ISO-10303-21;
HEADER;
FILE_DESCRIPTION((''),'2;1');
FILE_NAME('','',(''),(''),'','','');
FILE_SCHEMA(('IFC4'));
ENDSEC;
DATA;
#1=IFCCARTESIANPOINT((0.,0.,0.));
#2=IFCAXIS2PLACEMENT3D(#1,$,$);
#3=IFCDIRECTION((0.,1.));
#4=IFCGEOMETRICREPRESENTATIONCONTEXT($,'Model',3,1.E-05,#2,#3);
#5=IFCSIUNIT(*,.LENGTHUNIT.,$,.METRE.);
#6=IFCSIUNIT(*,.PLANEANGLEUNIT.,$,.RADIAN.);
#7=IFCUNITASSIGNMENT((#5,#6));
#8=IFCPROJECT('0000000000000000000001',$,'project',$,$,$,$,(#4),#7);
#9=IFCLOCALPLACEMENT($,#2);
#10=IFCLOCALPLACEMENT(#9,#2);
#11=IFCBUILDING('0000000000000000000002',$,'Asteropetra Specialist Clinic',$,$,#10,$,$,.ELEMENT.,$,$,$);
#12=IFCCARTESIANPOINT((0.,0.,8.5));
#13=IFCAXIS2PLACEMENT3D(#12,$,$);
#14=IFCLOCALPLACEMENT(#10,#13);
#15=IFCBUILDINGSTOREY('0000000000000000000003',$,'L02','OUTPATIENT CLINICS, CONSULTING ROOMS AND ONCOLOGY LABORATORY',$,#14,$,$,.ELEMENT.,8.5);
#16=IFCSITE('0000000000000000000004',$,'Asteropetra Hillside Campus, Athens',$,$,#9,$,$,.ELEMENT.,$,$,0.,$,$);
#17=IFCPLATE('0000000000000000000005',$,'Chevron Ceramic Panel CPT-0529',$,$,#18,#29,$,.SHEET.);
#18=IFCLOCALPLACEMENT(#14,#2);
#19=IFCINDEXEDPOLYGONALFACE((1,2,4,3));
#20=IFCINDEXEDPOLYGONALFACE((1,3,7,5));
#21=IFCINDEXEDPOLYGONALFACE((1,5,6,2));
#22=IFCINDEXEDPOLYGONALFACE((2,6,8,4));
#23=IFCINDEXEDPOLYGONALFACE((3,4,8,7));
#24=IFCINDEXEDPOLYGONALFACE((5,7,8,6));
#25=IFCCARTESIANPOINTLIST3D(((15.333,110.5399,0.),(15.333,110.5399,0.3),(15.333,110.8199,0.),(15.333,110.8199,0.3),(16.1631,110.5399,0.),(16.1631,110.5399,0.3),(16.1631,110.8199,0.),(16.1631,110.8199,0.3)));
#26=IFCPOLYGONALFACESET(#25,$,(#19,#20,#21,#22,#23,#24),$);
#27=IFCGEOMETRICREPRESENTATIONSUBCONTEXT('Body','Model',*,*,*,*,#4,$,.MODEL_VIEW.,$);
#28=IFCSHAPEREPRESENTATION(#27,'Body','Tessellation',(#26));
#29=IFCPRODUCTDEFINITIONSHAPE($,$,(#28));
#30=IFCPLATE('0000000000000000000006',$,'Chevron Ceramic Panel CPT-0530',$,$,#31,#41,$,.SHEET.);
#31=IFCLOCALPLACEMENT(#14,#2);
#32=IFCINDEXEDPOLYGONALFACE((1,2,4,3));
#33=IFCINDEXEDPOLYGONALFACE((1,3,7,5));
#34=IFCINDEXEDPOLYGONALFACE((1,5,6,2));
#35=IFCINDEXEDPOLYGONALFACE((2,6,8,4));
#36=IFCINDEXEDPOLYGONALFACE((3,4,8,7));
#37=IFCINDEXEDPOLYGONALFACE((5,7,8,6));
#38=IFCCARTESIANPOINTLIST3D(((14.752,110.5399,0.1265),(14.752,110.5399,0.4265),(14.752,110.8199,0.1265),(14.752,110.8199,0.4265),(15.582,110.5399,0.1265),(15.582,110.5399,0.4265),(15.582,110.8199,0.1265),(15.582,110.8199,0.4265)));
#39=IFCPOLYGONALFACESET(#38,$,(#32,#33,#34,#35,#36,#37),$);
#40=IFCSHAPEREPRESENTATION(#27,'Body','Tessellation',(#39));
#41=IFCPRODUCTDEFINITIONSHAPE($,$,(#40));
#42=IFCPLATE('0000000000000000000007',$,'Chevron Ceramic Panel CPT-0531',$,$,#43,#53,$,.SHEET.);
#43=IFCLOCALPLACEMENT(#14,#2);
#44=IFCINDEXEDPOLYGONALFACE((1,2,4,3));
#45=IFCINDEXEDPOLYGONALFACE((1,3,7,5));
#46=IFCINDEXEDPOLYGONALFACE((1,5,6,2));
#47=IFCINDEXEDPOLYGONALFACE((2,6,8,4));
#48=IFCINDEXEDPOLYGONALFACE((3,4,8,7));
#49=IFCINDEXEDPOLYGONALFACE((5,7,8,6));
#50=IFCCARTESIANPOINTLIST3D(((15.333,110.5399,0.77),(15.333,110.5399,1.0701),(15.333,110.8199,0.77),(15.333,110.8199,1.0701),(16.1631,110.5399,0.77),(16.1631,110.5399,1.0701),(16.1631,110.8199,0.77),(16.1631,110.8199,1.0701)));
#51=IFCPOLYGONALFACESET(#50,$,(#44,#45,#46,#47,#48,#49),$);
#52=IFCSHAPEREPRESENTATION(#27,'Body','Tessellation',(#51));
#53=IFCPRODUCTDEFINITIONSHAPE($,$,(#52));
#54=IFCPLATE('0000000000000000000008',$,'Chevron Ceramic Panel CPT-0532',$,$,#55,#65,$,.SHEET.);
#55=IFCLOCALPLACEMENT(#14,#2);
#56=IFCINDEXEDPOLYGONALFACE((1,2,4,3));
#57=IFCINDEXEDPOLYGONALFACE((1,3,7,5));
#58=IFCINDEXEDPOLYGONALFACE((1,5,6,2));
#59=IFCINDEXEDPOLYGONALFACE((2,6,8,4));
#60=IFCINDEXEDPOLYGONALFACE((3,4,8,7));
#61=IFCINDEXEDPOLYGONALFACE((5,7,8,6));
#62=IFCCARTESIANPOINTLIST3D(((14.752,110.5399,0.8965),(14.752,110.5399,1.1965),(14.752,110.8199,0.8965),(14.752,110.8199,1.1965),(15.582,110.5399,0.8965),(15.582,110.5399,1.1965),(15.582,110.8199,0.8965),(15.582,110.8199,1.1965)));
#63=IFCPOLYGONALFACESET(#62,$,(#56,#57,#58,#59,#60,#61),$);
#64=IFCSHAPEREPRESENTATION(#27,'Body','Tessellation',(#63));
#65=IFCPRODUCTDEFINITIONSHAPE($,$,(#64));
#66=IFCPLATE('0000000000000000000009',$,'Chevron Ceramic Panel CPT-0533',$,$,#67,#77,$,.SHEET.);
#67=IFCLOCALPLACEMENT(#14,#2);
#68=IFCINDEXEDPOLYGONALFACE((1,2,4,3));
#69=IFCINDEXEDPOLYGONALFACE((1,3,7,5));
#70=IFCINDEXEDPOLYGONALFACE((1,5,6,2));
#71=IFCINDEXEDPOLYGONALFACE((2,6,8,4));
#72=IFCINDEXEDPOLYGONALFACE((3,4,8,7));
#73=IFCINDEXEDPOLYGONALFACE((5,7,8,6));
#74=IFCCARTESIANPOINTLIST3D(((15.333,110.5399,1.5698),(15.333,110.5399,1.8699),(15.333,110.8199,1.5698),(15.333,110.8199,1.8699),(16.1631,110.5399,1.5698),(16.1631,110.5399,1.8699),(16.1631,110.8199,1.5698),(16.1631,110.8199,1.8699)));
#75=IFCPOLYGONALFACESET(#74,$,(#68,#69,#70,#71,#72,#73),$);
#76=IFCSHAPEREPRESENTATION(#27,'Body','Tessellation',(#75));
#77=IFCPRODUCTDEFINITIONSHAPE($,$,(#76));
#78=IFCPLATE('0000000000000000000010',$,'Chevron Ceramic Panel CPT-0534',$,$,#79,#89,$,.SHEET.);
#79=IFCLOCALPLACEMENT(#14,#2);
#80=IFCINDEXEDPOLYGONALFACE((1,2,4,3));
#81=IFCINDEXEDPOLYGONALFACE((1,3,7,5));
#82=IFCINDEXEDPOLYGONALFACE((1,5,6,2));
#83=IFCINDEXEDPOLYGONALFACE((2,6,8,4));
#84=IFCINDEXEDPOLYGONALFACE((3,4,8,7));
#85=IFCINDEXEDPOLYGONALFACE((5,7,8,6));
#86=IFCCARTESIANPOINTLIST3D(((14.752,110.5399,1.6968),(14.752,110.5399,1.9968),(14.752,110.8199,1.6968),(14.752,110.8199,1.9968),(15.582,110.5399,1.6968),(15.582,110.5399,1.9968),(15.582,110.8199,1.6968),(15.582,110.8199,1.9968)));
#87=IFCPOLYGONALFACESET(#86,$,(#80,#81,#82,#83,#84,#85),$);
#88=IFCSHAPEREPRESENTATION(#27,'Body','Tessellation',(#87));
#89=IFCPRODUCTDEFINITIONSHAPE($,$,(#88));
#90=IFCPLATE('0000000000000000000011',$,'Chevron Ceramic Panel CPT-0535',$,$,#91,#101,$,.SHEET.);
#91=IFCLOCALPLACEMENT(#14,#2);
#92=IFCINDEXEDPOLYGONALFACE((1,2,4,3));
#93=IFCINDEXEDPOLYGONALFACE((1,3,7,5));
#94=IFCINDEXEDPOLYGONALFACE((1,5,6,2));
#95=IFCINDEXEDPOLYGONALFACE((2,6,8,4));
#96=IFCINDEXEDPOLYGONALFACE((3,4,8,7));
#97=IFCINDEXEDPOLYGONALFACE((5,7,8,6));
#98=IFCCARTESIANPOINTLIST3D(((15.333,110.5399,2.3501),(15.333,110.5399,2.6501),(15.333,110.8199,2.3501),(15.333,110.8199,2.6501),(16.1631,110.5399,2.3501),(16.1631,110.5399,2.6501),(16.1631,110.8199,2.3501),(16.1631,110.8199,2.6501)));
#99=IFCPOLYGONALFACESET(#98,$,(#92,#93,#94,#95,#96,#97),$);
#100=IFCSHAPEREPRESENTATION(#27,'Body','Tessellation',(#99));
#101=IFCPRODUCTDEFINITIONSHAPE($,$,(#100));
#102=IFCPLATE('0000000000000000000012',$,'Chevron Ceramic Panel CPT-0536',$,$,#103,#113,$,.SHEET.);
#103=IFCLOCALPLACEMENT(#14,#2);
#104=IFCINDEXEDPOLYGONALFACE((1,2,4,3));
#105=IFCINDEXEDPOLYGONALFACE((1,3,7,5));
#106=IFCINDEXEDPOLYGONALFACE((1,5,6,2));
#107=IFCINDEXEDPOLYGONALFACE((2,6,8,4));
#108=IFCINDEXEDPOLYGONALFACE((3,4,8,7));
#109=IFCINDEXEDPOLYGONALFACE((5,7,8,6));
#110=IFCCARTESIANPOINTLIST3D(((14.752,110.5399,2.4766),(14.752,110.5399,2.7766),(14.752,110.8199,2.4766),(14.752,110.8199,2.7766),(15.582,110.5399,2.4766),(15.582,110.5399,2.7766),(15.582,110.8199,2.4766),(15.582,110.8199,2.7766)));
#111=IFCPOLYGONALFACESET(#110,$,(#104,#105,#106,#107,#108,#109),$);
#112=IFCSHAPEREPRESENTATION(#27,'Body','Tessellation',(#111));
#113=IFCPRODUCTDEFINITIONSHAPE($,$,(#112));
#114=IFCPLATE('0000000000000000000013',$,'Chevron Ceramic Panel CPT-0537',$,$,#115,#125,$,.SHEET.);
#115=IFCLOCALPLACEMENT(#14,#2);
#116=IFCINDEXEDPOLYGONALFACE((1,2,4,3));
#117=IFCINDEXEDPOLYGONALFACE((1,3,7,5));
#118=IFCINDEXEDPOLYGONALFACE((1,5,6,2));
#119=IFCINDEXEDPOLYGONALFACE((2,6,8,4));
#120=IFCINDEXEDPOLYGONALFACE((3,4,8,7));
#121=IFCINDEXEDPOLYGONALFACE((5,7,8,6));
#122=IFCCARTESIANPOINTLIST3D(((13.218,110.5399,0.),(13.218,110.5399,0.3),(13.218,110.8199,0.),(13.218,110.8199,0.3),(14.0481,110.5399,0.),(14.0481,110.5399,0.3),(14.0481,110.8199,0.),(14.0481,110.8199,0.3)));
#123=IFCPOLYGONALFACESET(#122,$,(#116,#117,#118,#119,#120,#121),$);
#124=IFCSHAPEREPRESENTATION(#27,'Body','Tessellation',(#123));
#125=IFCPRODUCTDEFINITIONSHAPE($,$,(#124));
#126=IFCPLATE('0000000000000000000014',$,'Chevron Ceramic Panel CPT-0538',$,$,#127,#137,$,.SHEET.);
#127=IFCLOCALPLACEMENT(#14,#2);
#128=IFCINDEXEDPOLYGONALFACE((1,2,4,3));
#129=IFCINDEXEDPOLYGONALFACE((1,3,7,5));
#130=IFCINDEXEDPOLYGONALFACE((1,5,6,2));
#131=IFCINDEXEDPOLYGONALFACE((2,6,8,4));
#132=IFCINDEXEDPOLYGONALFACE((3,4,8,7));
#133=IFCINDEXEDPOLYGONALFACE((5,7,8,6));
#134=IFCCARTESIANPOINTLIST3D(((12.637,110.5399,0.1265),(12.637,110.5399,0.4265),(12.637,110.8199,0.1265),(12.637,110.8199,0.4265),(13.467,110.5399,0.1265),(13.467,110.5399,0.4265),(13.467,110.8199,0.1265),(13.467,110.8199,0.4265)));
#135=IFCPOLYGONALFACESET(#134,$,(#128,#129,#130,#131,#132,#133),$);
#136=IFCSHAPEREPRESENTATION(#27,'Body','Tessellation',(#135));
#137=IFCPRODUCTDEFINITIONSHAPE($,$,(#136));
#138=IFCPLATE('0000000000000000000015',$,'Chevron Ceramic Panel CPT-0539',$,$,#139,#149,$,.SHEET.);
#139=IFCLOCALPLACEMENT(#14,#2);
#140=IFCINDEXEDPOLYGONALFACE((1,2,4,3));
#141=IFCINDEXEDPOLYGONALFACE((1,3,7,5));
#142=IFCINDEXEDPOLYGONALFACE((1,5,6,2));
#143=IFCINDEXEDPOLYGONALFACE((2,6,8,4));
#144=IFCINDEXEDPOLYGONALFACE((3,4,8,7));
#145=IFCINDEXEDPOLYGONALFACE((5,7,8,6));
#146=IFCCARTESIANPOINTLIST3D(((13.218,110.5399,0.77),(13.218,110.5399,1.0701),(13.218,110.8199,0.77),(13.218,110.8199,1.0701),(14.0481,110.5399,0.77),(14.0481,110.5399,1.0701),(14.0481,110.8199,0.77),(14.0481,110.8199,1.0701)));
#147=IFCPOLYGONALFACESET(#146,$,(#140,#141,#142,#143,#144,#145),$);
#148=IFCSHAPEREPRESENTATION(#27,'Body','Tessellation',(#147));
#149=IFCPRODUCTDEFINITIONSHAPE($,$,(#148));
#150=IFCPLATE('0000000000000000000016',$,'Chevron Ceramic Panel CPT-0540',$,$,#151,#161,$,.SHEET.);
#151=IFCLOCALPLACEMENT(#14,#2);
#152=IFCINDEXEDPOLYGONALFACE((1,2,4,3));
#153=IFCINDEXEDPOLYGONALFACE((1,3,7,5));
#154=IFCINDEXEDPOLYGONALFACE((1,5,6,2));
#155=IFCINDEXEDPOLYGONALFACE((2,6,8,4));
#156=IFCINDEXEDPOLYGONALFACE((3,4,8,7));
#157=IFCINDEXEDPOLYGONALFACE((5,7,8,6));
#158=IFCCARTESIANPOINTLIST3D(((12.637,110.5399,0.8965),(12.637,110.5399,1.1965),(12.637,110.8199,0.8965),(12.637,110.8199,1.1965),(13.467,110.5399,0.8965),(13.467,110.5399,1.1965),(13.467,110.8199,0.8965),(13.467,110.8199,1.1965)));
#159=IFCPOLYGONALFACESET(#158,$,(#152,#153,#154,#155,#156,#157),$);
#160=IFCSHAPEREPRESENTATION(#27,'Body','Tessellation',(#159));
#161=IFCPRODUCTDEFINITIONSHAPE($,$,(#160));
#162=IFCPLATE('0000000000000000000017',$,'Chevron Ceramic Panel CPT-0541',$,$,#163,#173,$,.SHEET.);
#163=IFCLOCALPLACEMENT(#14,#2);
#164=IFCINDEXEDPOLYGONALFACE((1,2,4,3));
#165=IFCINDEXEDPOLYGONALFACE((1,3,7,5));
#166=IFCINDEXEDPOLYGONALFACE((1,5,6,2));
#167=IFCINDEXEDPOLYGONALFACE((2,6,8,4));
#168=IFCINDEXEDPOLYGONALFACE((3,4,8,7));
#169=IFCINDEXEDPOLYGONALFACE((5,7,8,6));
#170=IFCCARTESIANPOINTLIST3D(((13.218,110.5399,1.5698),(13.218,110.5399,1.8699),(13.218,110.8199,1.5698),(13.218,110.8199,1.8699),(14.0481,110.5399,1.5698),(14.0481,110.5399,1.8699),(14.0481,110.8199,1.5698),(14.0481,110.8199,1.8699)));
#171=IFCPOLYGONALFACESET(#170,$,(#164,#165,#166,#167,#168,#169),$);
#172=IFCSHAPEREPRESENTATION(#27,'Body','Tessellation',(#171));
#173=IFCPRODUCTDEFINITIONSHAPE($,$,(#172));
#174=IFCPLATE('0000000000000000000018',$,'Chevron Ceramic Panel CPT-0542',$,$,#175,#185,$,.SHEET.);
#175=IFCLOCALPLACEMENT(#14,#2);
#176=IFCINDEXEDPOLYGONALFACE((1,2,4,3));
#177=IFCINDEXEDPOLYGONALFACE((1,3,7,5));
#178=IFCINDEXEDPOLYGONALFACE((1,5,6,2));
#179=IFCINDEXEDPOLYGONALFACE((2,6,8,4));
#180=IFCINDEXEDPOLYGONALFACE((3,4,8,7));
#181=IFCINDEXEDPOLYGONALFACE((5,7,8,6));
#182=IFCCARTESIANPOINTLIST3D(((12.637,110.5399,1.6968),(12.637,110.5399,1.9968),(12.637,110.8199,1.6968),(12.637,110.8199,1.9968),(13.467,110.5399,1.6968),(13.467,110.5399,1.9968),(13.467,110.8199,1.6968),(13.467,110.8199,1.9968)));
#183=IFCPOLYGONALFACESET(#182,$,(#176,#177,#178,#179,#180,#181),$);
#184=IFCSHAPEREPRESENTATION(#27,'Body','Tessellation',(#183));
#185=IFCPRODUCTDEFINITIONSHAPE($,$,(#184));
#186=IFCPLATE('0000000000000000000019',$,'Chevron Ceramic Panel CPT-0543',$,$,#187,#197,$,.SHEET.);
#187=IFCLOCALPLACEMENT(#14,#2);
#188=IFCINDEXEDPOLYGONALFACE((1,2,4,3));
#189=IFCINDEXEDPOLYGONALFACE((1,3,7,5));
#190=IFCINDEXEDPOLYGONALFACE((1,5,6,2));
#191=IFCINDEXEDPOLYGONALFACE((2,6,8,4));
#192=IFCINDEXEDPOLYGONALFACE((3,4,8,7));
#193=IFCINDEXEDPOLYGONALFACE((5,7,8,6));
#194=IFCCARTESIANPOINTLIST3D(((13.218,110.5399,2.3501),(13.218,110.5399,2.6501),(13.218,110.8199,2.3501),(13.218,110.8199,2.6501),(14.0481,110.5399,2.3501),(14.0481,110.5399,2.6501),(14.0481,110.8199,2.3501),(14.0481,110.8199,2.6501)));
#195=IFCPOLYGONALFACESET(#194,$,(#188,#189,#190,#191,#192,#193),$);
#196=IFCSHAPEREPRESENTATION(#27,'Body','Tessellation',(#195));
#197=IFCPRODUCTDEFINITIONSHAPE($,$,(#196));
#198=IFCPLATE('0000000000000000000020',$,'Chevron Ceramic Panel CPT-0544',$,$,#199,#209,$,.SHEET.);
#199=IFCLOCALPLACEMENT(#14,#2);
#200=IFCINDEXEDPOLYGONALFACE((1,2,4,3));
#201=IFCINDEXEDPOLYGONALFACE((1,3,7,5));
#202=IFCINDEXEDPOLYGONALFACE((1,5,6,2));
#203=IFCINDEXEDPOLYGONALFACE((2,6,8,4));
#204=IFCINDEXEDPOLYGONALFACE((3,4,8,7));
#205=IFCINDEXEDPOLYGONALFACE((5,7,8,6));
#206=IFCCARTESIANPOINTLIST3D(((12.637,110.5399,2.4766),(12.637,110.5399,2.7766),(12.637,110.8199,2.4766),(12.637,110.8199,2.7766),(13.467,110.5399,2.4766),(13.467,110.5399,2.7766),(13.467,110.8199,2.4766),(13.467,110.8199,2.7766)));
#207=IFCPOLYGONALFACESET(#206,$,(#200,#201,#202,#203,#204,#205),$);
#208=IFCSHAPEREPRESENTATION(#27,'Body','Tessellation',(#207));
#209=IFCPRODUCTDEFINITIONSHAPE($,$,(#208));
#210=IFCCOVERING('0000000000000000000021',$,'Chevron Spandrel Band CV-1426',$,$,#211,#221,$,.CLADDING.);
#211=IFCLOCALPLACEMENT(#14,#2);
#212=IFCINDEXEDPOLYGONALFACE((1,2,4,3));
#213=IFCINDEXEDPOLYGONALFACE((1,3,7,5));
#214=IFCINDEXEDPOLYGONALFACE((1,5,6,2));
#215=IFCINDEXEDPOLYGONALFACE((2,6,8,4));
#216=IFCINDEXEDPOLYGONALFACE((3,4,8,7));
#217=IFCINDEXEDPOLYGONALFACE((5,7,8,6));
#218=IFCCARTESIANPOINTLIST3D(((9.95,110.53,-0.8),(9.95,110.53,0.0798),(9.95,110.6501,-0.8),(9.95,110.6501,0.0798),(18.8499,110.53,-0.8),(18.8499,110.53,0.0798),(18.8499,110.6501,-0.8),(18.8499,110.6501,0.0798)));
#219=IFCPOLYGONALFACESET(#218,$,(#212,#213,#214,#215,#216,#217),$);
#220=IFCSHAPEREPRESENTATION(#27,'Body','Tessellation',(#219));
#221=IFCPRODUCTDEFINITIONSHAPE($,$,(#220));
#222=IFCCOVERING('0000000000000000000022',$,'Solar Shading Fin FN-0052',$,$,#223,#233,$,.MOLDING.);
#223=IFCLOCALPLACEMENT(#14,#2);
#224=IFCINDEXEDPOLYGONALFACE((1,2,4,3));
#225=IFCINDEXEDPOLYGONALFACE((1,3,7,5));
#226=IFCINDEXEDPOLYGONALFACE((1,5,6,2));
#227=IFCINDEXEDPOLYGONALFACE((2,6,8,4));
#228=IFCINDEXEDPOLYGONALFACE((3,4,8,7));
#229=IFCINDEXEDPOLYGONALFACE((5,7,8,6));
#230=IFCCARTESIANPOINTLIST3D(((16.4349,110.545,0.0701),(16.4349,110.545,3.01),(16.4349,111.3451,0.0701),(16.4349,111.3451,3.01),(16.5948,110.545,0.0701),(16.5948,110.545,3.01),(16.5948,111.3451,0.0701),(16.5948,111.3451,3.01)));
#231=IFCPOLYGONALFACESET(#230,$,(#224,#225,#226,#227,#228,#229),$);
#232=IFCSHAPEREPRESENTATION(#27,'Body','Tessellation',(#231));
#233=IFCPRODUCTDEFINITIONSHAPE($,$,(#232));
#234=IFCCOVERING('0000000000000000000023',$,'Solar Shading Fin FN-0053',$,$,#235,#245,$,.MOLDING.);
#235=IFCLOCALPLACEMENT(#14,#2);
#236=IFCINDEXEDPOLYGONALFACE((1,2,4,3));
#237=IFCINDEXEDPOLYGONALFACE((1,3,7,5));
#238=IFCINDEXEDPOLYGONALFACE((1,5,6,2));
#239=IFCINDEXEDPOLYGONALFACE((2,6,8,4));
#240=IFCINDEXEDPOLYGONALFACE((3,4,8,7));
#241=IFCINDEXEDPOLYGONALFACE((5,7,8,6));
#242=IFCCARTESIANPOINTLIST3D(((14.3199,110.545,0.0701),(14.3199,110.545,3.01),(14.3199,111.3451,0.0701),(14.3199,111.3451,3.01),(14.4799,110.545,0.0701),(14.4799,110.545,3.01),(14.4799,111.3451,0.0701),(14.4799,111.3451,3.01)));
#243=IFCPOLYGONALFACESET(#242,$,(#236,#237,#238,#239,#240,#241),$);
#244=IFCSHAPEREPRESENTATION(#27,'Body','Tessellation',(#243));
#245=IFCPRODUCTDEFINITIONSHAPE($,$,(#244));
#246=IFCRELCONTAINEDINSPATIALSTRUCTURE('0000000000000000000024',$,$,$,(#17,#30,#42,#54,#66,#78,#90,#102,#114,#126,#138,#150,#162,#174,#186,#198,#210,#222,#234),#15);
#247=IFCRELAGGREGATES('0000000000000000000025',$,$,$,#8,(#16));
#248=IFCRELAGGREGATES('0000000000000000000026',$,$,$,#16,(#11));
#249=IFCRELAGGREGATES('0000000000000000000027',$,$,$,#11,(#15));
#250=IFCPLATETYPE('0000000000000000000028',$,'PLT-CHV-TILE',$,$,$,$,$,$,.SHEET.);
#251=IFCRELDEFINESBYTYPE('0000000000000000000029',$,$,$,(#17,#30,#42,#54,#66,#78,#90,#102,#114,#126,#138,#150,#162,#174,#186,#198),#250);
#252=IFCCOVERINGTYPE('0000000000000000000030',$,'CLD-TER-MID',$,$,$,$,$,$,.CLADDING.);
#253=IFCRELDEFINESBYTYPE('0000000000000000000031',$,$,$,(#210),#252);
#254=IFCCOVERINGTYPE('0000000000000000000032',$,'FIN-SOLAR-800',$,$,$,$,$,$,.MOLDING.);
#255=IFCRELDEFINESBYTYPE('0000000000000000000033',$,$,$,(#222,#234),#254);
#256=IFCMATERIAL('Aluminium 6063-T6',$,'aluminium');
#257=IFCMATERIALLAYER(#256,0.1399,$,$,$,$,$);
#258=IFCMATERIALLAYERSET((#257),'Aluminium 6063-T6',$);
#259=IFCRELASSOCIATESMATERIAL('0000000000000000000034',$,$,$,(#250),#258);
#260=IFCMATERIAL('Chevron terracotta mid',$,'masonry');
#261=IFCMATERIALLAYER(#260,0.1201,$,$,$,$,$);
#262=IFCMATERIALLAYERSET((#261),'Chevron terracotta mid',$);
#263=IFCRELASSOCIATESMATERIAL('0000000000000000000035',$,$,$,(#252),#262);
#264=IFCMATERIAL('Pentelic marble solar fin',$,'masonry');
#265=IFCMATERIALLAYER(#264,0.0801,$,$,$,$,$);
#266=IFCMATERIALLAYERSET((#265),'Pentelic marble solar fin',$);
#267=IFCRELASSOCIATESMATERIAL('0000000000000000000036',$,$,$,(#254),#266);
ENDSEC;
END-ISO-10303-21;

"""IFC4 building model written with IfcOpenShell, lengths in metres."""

from ifc_helpers import new_model, si_unit, direction, frame, origin, origin_2d, place, context, subcontext, project, spatial, rectangle, extrude, material, layer, layer_set, type_object, element, save


model = new_model("IFC4")

# Units and contexts
model_context = context("Model", 3, precision=1e-05, world=origin(), true_north=direction((0.0, 1.0)))
body_context = subcontext(model_context, "Body", "Model", "MODEL_VIEW")
ifc_project = project(units=[si_unit("LENGTHUNIT", "METRE"), si_unit("PLANEANGLEUNIT", "RADIAN")], contexts=[model_context])

# Site, building, storey
site_placement = place(None, origin())
site = spatial("IfcSite", under=ifc_project, at=site_placement, Name="Asteropetra Hillside Campus, Athens", CompositionType="ELEMENT", RefElevation=0.0)
building_placement = place(site_placement, origin())
building = spatial("IfcBuilding", under=site, at=building_placement, Name="Asteropetra Specialist Clinic", CompositionType="ELEMENT")
storey_placement = place(building_placement, frame((0.0, 0.0, 8.5)))
storey = spatial("IfcBuildingStorey", under=building, at=storey_placement, Name="L02", Description="OUTPATIENT CLINICS, CONSULTING ROOMS AND ONCOLOGY LABORATORY", CompositionType="ELEMENT", Elevation=8.5)

# Plates
ifc_material_1 = material(Name="Aluminium 6063-T6", Category="aluminium")
ifc_layer_1 = layer(ifc_material_1, 0.1399)
ifc_layer_set_1 = layer_set([ifc_layer_1], Name="Aluminium 6063-T6")
plate_type_1 = type_object("IfcPlateType", Name="PLT-CHV-TILE", PredefinedType="SHEET", material=ifc_layer_set_1)
for number, where, z_axis, x_axis, name in (
    (1, (15.748, 110.6799, 0.0), (0.0, 0.0, 1.0), (1.0, 0.0, 0.0), "Chevron Ceramic Panel CPT-0529"),
    (2, (15.167, 110.6799, 0.1265), (0.0, 0.0, 1.0), (1.0, 0.0, 0.0), "Chevron Ceramic Panel CPT-0530"),
    (3, (15.748, 110.6799, 0.77), (0.0, 0.0, 1.0), (1.0, 0.0, 0.0), "Chevron Ceramic Panel CPT-0531"),
    (4, (15.167, 110.6799, 0.8965), (0.0, 0.0, 1.0), (1.0, 0.0, 0.0), "Chevron Ceramic Panel CPT-0532"),
    (5, (15.748, 110.6799, 1.5698), (0.0, 0.0, 1.0), (1.0, 0.0, 0.0), "Chevron Ceramic Panel CPT-0533"),
    (6, (15.167, 110.6799, 1.6968), (0.0, 0.0, 1.0), (1.0, 0.0, 0.0), "Chevron Ceramic Panel CPT-0534"),
    (7, (15.748, 110.6799, 2.3501), (0.0, 0.0, 1.0), (1.0, 0.0, 0.0), "Chevron Ceramic Panel CPT-0535"),
    (8, (15.167, 110.6799, 2.4766), (0.0, 0.0, 1.0), (1.0, 0.0, 0.0), "Chevron Ceramic Panel CPT-0536"),
    (9, (13.6331, 110.6799, 0.0), (0.0, 0.0, 1.0), (1.0, 0.0, 0.0), "Chevron Ceramic Panel CPT-0537"),
    (10, (13.052, 110.6799, 0.1265), (0.0, 0.0, 1.0), (1.0, 0.0, 0.0), "Chevron Ceramic Panel CPT-0538"),
    (11, (13.6331, 110.6799, 0.77), (0.0, 0.0, 1.0), (1.0, 0.0, 0.0), "Chevron Ceramic Panel CPT-0539"),
    (12, (13.052, 110.6799, 0.8965), (0.0, 0.0, 1.0), (1.0, 0.0, 0.0), "Chevron Ceramic Panel CPT-0540"),
    (13, (13.6331, 110.6799, 1.5698), (0.0, 0.0, 1.0), (1.0, 0.0, 0.0), "Chevron Ceramic Panel CPT-0541"),
    (14, (13.052, 110.6799, 1.6968), (0.0, 0.0, 1.0), (1.0, 0.0, 0.0), "Chevron Ceramic Panel CPT-0542"),
    (15, (13.6331, 110.6799, 2.3501), (0.0, 0.0, 1.0), (1.0, 0.0, 0.0), "Chevron Ceramic Panel CPT-0543"),
    (16, (13.052, 110.6799, 2.4766), (0.0, 0.0, 1.0), (1.0, 0.0, 0.0), "Chevron Ceramic Panel CPT-0544"),
):
    element("IfcPlate", number, at=place(storey_placement, frame(where, z_axis=z_axis, x_axis=x_axis)), inside=storey, type_object=plate_type_1, Name=name, PredefinedType="SHEET", context=body_context, shape_type="SweptSolid", body=[
        extrude(rectangle(XDim=0.8301, YDim=0.28, at=origin_2d()), origin(), (0.0, 0.0, 1.0), 0.3),
    ])

# Coverings
ifc_material_2 = material(Name="Chevron terracotta mid", Category="masonry")
ifc_layer_2 = layer(ifc_material_2, 0.1201)
ifc_layer_set_2 = layer_set([ifc_layer_2], Name="Chevron terracotta mid")
covering_type_1 = type_object("IfcCoveringType", Name="CLD-TER-MID", PredefinedType="CLADDING", material=ifc_layer_set_2)
covering_placement = place(storey_placement, frame((14.3999, 110.5901, -0.8), z_axis=(0.0, 0.0, 1.0), x_axis=(1.0, 0.0, 0.0)))
element("IfcCovering", 17, at=covering_placement, inside=storey, type_object=covering_type_1, Name="Chevron Spandrel Band CV-1426", PredefinedType="CLADDING", context=body_context, shape_type="SweptSolid", body=[
    extrude(rectangle(XDim=8.8999, YDim=0.1201, at=origin_2d()), origin(), (0.0, 0.0, 1.0), 0.8799),
])
ifc_material_3 = material(Name="Pentelic marble solar fin", Category="masonry")
ifc_layer_3 = layer(ifc_material_3, 0.0801)
ifc_layer_set_3 = layer_set([ifc_layer_3], Name="Pentelic marble solar fin")
covering_type_2 = type_object("IfcCoveringType", Name="FIN-SOLAR-800", PredefinedType="MOLDING", material=ifc_layer_set_3)
for number, where, z_axis, x_axis, name in (
    (18, (16.5149, 110.9451, 0.0701), (0.0, 0.0, 1.0), (1.0, 0.0, 0.0), "Solar Shading Fin FN-0052"),
    (19, (14.3999, 110.9451, 0.0701), (0.0, 0.0, 1.0), (1.0, 0.0, 0.0), "Solar Shading Fin FN-0053"),
):
    element("IfcCovering", number, at=place(storey_placement, frame(where, z_axis=z_axis, x_axis=x_axis)), inside=storey, type_object=covering_type_2, Name=name, PredefinedType="MOLDING", context=body_context, shape_type="SweptSolid", body=[
        extrude(rectangle(XDim=0.1599, YDim=0.8, at=origin_2d()), origin(), (0.0, 0.0, 1.0), 2.9399),
    ])

save(model, "model.ifc")
